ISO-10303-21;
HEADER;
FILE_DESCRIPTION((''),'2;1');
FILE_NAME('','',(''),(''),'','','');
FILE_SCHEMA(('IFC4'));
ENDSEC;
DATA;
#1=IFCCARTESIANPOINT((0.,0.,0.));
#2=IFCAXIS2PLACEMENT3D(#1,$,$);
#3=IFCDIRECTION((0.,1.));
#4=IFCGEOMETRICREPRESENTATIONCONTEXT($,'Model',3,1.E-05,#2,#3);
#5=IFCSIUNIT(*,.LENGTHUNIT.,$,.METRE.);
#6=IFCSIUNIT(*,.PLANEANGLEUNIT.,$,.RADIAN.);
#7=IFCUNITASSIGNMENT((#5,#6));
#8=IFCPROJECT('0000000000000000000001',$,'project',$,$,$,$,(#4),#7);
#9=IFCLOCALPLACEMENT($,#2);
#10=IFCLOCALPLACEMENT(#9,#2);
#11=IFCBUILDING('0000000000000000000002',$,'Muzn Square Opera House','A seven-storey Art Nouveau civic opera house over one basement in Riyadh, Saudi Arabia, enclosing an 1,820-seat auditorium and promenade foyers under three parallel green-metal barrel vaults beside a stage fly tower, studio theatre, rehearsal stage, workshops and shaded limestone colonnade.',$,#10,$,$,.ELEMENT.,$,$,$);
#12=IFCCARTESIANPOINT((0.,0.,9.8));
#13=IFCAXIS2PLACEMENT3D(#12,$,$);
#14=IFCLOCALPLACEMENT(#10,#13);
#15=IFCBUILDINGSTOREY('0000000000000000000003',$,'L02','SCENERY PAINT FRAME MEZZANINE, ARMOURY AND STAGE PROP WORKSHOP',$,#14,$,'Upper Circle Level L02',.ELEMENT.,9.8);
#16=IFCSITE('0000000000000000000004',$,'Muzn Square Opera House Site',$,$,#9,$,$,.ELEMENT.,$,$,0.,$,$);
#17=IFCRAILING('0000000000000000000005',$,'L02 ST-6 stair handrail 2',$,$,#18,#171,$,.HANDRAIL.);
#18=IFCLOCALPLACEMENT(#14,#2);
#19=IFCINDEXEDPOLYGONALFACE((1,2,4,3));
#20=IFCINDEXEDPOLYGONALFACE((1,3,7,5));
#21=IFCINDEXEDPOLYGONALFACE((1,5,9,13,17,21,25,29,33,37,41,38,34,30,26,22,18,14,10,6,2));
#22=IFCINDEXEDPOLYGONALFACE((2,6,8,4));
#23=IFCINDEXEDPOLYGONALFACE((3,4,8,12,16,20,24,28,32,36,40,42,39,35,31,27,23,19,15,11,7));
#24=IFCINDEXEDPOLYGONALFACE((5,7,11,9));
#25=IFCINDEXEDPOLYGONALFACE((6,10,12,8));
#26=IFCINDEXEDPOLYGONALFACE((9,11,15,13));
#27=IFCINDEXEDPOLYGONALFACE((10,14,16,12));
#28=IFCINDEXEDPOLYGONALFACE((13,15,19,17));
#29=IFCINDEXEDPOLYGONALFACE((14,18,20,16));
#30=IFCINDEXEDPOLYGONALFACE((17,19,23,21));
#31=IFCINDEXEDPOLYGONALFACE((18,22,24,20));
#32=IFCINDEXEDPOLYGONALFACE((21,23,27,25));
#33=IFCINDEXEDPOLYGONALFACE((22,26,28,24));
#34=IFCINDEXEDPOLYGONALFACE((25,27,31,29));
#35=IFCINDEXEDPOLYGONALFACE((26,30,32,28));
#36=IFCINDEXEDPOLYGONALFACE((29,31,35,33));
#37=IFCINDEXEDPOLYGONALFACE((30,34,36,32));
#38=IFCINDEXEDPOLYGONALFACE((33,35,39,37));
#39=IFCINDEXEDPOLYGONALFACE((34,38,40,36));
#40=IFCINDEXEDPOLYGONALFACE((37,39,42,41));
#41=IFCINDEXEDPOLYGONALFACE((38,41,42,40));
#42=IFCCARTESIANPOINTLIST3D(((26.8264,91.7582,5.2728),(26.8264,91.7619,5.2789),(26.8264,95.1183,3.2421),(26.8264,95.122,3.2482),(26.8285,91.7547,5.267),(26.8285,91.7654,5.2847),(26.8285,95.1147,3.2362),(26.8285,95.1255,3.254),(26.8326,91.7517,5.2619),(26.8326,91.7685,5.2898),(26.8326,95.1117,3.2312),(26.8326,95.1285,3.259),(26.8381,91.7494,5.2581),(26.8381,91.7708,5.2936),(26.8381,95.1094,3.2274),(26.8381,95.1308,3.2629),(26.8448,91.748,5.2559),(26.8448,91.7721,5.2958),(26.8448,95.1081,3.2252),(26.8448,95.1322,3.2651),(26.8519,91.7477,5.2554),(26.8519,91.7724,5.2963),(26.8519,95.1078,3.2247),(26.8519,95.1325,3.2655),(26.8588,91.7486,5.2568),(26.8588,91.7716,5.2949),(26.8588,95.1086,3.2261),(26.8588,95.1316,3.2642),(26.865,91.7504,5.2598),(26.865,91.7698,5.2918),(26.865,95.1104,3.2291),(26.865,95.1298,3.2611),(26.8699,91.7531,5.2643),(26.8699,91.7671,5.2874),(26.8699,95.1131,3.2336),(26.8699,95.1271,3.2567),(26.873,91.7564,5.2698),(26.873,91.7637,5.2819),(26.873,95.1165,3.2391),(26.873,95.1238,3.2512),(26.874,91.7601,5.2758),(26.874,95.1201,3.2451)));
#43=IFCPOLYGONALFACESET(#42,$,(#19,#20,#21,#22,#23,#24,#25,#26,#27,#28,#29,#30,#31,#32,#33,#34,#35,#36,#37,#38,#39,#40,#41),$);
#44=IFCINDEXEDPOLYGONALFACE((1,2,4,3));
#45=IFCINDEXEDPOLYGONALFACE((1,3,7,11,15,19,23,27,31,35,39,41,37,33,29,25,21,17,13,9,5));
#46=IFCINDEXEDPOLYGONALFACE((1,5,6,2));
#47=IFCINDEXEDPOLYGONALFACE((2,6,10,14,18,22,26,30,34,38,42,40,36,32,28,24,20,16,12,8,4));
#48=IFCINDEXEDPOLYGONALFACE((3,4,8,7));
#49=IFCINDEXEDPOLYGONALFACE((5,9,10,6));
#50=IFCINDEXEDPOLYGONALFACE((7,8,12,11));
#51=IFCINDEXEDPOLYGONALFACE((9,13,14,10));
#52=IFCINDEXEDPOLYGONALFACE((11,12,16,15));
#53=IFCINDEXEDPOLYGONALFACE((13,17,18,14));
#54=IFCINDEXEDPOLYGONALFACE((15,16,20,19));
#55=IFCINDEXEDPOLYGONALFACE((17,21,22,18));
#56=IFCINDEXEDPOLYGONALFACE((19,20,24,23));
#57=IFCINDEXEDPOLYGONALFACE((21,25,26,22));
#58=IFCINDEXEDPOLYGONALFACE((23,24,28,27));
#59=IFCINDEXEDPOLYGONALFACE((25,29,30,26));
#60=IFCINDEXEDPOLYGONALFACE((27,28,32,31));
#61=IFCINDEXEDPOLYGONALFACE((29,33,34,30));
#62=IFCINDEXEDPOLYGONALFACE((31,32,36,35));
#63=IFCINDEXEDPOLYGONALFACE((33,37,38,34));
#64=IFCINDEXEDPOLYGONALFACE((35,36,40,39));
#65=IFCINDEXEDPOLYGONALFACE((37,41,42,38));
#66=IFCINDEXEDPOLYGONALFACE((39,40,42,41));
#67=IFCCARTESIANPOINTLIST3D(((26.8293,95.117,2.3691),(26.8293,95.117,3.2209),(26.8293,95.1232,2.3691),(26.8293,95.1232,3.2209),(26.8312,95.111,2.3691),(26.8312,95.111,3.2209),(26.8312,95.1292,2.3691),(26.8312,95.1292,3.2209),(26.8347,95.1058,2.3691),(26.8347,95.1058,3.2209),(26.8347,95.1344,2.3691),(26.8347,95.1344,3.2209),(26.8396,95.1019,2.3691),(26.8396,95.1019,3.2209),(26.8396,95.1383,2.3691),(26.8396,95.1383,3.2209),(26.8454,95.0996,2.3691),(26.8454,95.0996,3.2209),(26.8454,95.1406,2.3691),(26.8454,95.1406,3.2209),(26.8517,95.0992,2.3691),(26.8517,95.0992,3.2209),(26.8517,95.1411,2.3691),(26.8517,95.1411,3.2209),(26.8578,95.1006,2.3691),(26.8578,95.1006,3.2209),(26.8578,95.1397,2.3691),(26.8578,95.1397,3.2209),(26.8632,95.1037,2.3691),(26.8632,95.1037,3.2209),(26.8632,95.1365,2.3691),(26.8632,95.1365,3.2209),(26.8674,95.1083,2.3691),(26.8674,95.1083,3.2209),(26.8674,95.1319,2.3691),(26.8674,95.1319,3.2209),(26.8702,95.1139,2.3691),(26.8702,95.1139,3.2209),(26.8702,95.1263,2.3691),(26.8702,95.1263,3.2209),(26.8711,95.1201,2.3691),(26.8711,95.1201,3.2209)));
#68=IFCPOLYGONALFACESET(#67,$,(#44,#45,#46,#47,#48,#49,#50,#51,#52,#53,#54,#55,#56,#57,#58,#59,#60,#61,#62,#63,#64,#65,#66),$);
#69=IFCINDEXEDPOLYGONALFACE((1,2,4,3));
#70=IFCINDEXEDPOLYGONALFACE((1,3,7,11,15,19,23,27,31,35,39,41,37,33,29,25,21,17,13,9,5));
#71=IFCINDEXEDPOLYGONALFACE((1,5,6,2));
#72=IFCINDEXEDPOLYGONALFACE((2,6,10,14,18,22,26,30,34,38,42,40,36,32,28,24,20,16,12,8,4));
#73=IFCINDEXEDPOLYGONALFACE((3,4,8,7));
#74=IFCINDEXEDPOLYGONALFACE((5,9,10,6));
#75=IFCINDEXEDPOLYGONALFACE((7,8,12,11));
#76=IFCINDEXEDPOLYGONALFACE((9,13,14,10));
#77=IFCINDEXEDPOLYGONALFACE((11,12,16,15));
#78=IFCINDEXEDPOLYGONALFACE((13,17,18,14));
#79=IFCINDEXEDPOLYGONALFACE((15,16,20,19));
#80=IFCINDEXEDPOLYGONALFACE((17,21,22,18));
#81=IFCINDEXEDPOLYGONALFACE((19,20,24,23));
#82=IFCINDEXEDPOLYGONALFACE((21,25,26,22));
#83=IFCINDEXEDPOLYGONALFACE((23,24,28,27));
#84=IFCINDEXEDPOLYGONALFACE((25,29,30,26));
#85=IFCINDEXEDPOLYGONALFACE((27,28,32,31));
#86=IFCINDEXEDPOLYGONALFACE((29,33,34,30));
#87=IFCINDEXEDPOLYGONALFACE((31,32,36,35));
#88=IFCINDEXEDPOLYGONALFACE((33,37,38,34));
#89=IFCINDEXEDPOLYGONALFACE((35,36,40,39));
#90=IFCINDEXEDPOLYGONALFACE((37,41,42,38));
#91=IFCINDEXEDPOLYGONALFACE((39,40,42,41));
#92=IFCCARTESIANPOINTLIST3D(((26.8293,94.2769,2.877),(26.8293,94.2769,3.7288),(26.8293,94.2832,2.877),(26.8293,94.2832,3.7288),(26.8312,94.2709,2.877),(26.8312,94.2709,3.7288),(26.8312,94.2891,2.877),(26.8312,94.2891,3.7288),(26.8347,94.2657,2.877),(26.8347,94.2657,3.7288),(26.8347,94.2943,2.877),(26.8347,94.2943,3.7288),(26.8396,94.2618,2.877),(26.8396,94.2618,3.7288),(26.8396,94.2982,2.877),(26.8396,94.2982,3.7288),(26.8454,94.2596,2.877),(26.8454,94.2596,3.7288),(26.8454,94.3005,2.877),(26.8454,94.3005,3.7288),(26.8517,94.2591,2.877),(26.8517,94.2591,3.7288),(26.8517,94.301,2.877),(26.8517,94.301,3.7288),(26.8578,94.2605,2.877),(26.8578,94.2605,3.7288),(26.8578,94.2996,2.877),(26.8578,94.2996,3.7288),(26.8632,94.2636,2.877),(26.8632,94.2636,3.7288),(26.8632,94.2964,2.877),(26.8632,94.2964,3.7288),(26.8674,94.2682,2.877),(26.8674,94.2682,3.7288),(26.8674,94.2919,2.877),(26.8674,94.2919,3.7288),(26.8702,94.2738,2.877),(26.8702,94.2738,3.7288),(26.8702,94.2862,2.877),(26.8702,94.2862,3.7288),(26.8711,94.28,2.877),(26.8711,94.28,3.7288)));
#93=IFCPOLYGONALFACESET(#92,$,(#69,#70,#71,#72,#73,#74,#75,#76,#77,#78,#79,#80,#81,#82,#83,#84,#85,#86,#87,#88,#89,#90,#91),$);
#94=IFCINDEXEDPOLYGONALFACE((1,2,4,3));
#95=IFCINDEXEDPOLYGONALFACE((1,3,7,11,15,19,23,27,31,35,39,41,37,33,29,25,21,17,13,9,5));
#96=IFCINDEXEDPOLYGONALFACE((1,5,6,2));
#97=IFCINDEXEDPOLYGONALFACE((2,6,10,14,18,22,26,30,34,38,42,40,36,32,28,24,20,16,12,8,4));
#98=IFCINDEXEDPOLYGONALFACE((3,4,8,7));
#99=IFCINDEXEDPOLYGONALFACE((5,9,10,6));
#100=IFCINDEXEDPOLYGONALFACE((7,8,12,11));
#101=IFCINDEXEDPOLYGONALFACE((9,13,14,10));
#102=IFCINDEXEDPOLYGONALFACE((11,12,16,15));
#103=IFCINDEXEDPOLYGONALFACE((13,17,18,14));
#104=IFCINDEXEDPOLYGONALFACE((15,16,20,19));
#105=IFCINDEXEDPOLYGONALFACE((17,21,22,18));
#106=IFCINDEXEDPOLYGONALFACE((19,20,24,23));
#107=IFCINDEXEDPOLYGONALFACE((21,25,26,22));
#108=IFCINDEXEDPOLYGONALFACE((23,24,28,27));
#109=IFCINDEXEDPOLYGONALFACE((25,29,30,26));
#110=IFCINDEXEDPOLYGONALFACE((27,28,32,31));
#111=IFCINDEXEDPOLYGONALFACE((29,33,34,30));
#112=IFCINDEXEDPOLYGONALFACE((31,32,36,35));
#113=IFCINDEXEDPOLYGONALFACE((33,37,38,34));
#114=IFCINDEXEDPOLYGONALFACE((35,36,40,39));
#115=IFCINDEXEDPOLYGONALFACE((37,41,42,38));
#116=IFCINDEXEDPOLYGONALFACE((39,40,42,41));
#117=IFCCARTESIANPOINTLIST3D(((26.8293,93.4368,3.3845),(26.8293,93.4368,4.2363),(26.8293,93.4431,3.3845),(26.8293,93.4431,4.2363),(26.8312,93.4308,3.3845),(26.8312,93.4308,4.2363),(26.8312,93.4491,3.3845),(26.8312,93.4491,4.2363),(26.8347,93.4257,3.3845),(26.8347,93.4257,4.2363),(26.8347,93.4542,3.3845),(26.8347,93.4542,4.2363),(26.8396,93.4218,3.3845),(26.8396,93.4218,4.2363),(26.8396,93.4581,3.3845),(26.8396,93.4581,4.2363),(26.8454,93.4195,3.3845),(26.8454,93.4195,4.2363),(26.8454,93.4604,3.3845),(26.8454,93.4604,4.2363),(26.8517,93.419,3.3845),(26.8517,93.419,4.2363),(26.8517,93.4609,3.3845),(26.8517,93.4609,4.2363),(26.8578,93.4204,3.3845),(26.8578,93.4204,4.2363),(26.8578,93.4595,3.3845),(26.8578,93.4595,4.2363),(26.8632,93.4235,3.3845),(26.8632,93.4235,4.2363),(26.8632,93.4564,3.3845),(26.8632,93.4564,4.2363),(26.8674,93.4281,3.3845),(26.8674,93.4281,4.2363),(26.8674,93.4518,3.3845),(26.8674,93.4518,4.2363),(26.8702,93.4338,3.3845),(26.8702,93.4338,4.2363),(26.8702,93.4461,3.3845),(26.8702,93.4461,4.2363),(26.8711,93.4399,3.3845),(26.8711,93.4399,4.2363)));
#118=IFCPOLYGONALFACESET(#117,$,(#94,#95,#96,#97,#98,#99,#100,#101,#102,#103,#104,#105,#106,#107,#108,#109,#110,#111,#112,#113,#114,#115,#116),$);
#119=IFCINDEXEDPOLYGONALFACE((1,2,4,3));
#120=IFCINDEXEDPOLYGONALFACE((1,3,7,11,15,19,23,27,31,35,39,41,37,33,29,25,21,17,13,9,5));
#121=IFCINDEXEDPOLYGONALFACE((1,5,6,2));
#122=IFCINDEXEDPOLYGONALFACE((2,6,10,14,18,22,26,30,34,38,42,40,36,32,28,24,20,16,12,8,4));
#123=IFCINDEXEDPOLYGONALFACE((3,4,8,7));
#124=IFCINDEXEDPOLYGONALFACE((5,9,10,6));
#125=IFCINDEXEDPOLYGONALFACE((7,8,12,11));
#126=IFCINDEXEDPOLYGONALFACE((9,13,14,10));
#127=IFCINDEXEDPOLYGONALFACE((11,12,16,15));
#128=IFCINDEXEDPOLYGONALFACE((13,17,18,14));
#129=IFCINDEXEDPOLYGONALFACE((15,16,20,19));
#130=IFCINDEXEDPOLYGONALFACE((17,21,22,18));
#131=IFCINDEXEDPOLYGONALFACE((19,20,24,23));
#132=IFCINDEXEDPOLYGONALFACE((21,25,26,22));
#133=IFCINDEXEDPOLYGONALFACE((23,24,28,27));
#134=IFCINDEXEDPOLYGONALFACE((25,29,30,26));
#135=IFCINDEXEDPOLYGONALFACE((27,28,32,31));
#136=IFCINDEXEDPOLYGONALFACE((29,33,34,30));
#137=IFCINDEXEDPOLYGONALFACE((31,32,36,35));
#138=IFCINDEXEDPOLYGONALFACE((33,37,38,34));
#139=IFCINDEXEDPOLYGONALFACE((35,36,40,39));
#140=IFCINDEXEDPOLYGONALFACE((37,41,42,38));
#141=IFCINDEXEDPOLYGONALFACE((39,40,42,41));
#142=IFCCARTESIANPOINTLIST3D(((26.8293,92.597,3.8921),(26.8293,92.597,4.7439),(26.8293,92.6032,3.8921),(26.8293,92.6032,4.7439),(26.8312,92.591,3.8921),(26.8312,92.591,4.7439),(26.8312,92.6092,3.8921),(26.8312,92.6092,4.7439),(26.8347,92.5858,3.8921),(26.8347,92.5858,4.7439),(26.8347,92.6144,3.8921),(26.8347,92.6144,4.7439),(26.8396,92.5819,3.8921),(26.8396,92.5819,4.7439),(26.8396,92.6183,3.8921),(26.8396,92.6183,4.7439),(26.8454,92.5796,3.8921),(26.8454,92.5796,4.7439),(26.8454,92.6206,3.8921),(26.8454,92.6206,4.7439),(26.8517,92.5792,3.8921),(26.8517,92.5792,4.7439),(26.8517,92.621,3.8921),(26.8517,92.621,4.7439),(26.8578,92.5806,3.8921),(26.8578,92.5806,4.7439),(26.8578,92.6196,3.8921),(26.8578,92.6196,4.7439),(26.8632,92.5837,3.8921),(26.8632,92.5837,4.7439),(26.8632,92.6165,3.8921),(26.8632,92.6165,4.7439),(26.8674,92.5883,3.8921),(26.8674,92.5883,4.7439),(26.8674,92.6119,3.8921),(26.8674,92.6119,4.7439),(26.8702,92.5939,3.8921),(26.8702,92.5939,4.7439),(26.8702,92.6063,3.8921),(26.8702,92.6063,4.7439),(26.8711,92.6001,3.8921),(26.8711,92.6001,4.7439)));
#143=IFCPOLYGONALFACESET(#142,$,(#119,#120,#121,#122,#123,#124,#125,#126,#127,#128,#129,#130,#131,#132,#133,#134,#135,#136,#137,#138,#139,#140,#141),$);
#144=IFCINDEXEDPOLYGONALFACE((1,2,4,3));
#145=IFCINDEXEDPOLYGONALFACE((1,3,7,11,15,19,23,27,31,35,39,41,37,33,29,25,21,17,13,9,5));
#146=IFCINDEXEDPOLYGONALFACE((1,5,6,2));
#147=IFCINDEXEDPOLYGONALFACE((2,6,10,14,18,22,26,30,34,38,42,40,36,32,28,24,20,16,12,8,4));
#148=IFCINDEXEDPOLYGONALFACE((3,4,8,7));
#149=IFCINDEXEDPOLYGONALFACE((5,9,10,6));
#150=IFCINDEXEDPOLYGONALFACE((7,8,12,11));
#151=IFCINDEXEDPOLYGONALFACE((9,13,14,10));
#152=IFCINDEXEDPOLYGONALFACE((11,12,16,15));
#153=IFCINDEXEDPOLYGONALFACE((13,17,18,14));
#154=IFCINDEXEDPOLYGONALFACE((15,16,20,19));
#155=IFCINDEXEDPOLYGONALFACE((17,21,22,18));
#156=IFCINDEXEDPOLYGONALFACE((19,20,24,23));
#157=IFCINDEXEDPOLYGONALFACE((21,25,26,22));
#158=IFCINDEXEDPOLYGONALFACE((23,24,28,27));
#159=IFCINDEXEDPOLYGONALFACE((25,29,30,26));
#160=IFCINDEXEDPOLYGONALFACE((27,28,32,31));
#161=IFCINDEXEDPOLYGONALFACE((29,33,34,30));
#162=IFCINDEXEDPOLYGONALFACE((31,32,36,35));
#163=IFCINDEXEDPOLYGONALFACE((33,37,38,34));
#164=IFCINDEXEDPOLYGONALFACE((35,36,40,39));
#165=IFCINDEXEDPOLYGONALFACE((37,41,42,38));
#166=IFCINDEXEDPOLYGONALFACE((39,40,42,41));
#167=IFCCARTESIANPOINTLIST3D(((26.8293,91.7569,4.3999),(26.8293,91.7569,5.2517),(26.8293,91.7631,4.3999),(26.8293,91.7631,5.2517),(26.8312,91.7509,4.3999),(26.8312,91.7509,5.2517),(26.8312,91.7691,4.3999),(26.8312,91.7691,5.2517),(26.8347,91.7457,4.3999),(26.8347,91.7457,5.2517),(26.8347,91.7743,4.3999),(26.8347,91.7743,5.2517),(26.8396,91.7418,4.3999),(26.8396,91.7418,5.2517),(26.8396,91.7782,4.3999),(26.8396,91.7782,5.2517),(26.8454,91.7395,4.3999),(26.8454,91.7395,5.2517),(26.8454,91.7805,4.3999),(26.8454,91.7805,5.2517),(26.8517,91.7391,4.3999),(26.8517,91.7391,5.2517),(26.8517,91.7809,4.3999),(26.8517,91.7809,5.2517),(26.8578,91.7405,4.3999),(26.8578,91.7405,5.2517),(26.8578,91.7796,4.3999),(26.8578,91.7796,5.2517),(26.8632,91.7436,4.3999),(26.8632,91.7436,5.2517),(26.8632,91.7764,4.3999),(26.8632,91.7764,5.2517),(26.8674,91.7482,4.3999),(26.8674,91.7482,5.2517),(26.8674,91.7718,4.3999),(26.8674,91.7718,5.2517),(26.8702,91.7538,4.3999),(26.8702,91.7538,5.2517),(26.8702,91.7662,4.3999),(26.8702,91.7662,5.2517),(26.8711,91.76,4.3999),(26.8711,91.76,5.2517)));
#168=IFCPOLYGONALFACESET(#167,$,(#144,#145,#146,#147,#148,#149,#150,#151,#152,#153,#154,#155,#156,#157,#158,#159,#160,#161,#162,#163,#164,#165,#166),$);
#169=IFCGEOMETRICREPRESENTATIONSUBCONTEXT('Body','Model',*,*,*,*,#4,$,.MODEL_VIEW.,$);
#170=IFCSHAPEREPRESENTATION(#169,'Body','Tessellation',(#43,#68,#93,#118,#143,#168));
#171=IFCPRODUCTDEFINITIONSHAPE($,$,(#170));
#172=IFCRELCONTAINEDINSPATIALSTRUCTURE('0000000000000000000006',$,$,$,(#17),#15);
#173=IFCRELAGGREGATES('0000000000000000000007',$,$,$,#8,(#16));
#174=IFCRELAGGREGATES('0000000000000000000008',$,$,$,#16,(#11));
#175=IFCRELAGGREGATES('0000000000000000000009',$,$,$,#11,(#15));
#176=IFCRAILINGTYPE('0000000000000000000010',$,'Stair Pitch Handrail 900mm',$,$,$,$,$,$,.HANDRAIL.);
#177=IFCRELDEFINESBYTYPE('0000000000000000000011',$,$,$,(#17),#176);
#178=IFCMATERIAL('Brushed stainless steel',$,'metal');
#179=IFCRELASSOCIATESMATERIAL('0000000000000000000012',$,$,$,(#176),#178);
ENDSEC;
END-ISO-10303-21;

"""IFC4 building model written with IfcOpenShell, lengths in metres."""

from ifc_helpers import new_model, si_unit, direction, frame, origin, origin_2d, place, context, subcontext, project, spatial, circle, extrude, material, type_object, element, save


model = new_model("IFC4")

# Units and contexts
model_context = context("Model", 3, precision=1e-05, world=origin(), true_north=direction((0.0, 1.0)))
body_context = subcontext(model_context, "Body", "Model", "MODEL_VIEW")
ifc_project = project(units=[si_unit("LENGTHUNIT", "METRE"), si_unit("PLANEANGLEUNIT", "RADIAN")], contexts=[model_context])

# Site, building, storey
site_placement = place(None, origin())
site = spatial("IfcSite", under=ifc_project, at=site_placement, Name="Muzn Square Opera House Site", CompositionType="ELEMENT", RefElevation=0.0)
building_placement = place(site_placement, origin())
building = spatial("IfcBuilding", under=site, at=building_placement, Name="Muzn Square Opera House", Description="A seven-storey Art Nouveau civic opera house over one basement in Riyadh, Saudi Arabia, enclosing an 1,820-seat auditorium and promenade foyers under three parallel green-metal barrel vaults beside a stage fly tower, studio theatre, rehearsal stage, workshops and shaded limestone colonnade.", CompositionType="ELEMENT")
storey_placement = place(building_placement, frame((0.0, 0.0, 9.8)))
storey = spatial("IfcBuildingStorey", under=building, at=storey_placement, Name="L02", Description="SCENERY PAINT FRAME MEZZANINE, ARMOURY AND STAGE PROP WORKSHOP", LongName="Upper Circle Level L02", CompositionType="ELEMENT", Elevation=9.8)

# Railing
ifc_material_1 = material(Name="Brushed stainless steel", Category="metal")
railing_type_1 = type_object("IfcRailingType", Name="Stair Pitch Handrail 900mm", PredefinedType="HANDRAIL", material=ifc_material_1)
railing_1_placement = place(storey_placement, frame((26.8501, 95.1201, 2.3691)))
element("IfcRailing", 1, at=railing_1_placement, inside=storey, type_object=railing_type_1, Name="L02 ST-6 stair handrail 2", PredefinedType="HANDRAIL", context=body_context, shape_type="SweptSolid", body=[
    extrude(circle(Radius=0.0239, at=origin_2d()), frame((0.0, 0.0, 0.876), z_axis=(0.0, -0.855837, 0.517246), x_axis=(1.0, 0.0, 0.0)), (0.0, 0.0, 1.0), 3.926),
    extrude(circle(Radius=0.021, at=origin_2d()), origin(), (0.0, 0.0, 1.0), 0.8518),
    extrude(circle(Radius=0.021, at=origin_2d()), frame((0.0, -0.8401, 0.5078)), (0.0, 0.0, 1.0), 0.8518),
    extrude(circle(Radius=0.021, at=origin_2d()), frame((0.0, -1.6802, 1.0154)), (0.0, 0.0, 1.0), 0.8518),
    extrude(circle(Radius=0.021, at=origin_2d()), frame((0.0, -2.52, 1.5229)), (0.0, 0.0, 1.0), 0.8518),
    extrude(circle(Radius=0.021, at=origin_2d()), frame((0.0, -3.3601, 2.0308)), (0.0, 0.0, 1.0), 0.8518),
])

save(model, "model.ifc")
